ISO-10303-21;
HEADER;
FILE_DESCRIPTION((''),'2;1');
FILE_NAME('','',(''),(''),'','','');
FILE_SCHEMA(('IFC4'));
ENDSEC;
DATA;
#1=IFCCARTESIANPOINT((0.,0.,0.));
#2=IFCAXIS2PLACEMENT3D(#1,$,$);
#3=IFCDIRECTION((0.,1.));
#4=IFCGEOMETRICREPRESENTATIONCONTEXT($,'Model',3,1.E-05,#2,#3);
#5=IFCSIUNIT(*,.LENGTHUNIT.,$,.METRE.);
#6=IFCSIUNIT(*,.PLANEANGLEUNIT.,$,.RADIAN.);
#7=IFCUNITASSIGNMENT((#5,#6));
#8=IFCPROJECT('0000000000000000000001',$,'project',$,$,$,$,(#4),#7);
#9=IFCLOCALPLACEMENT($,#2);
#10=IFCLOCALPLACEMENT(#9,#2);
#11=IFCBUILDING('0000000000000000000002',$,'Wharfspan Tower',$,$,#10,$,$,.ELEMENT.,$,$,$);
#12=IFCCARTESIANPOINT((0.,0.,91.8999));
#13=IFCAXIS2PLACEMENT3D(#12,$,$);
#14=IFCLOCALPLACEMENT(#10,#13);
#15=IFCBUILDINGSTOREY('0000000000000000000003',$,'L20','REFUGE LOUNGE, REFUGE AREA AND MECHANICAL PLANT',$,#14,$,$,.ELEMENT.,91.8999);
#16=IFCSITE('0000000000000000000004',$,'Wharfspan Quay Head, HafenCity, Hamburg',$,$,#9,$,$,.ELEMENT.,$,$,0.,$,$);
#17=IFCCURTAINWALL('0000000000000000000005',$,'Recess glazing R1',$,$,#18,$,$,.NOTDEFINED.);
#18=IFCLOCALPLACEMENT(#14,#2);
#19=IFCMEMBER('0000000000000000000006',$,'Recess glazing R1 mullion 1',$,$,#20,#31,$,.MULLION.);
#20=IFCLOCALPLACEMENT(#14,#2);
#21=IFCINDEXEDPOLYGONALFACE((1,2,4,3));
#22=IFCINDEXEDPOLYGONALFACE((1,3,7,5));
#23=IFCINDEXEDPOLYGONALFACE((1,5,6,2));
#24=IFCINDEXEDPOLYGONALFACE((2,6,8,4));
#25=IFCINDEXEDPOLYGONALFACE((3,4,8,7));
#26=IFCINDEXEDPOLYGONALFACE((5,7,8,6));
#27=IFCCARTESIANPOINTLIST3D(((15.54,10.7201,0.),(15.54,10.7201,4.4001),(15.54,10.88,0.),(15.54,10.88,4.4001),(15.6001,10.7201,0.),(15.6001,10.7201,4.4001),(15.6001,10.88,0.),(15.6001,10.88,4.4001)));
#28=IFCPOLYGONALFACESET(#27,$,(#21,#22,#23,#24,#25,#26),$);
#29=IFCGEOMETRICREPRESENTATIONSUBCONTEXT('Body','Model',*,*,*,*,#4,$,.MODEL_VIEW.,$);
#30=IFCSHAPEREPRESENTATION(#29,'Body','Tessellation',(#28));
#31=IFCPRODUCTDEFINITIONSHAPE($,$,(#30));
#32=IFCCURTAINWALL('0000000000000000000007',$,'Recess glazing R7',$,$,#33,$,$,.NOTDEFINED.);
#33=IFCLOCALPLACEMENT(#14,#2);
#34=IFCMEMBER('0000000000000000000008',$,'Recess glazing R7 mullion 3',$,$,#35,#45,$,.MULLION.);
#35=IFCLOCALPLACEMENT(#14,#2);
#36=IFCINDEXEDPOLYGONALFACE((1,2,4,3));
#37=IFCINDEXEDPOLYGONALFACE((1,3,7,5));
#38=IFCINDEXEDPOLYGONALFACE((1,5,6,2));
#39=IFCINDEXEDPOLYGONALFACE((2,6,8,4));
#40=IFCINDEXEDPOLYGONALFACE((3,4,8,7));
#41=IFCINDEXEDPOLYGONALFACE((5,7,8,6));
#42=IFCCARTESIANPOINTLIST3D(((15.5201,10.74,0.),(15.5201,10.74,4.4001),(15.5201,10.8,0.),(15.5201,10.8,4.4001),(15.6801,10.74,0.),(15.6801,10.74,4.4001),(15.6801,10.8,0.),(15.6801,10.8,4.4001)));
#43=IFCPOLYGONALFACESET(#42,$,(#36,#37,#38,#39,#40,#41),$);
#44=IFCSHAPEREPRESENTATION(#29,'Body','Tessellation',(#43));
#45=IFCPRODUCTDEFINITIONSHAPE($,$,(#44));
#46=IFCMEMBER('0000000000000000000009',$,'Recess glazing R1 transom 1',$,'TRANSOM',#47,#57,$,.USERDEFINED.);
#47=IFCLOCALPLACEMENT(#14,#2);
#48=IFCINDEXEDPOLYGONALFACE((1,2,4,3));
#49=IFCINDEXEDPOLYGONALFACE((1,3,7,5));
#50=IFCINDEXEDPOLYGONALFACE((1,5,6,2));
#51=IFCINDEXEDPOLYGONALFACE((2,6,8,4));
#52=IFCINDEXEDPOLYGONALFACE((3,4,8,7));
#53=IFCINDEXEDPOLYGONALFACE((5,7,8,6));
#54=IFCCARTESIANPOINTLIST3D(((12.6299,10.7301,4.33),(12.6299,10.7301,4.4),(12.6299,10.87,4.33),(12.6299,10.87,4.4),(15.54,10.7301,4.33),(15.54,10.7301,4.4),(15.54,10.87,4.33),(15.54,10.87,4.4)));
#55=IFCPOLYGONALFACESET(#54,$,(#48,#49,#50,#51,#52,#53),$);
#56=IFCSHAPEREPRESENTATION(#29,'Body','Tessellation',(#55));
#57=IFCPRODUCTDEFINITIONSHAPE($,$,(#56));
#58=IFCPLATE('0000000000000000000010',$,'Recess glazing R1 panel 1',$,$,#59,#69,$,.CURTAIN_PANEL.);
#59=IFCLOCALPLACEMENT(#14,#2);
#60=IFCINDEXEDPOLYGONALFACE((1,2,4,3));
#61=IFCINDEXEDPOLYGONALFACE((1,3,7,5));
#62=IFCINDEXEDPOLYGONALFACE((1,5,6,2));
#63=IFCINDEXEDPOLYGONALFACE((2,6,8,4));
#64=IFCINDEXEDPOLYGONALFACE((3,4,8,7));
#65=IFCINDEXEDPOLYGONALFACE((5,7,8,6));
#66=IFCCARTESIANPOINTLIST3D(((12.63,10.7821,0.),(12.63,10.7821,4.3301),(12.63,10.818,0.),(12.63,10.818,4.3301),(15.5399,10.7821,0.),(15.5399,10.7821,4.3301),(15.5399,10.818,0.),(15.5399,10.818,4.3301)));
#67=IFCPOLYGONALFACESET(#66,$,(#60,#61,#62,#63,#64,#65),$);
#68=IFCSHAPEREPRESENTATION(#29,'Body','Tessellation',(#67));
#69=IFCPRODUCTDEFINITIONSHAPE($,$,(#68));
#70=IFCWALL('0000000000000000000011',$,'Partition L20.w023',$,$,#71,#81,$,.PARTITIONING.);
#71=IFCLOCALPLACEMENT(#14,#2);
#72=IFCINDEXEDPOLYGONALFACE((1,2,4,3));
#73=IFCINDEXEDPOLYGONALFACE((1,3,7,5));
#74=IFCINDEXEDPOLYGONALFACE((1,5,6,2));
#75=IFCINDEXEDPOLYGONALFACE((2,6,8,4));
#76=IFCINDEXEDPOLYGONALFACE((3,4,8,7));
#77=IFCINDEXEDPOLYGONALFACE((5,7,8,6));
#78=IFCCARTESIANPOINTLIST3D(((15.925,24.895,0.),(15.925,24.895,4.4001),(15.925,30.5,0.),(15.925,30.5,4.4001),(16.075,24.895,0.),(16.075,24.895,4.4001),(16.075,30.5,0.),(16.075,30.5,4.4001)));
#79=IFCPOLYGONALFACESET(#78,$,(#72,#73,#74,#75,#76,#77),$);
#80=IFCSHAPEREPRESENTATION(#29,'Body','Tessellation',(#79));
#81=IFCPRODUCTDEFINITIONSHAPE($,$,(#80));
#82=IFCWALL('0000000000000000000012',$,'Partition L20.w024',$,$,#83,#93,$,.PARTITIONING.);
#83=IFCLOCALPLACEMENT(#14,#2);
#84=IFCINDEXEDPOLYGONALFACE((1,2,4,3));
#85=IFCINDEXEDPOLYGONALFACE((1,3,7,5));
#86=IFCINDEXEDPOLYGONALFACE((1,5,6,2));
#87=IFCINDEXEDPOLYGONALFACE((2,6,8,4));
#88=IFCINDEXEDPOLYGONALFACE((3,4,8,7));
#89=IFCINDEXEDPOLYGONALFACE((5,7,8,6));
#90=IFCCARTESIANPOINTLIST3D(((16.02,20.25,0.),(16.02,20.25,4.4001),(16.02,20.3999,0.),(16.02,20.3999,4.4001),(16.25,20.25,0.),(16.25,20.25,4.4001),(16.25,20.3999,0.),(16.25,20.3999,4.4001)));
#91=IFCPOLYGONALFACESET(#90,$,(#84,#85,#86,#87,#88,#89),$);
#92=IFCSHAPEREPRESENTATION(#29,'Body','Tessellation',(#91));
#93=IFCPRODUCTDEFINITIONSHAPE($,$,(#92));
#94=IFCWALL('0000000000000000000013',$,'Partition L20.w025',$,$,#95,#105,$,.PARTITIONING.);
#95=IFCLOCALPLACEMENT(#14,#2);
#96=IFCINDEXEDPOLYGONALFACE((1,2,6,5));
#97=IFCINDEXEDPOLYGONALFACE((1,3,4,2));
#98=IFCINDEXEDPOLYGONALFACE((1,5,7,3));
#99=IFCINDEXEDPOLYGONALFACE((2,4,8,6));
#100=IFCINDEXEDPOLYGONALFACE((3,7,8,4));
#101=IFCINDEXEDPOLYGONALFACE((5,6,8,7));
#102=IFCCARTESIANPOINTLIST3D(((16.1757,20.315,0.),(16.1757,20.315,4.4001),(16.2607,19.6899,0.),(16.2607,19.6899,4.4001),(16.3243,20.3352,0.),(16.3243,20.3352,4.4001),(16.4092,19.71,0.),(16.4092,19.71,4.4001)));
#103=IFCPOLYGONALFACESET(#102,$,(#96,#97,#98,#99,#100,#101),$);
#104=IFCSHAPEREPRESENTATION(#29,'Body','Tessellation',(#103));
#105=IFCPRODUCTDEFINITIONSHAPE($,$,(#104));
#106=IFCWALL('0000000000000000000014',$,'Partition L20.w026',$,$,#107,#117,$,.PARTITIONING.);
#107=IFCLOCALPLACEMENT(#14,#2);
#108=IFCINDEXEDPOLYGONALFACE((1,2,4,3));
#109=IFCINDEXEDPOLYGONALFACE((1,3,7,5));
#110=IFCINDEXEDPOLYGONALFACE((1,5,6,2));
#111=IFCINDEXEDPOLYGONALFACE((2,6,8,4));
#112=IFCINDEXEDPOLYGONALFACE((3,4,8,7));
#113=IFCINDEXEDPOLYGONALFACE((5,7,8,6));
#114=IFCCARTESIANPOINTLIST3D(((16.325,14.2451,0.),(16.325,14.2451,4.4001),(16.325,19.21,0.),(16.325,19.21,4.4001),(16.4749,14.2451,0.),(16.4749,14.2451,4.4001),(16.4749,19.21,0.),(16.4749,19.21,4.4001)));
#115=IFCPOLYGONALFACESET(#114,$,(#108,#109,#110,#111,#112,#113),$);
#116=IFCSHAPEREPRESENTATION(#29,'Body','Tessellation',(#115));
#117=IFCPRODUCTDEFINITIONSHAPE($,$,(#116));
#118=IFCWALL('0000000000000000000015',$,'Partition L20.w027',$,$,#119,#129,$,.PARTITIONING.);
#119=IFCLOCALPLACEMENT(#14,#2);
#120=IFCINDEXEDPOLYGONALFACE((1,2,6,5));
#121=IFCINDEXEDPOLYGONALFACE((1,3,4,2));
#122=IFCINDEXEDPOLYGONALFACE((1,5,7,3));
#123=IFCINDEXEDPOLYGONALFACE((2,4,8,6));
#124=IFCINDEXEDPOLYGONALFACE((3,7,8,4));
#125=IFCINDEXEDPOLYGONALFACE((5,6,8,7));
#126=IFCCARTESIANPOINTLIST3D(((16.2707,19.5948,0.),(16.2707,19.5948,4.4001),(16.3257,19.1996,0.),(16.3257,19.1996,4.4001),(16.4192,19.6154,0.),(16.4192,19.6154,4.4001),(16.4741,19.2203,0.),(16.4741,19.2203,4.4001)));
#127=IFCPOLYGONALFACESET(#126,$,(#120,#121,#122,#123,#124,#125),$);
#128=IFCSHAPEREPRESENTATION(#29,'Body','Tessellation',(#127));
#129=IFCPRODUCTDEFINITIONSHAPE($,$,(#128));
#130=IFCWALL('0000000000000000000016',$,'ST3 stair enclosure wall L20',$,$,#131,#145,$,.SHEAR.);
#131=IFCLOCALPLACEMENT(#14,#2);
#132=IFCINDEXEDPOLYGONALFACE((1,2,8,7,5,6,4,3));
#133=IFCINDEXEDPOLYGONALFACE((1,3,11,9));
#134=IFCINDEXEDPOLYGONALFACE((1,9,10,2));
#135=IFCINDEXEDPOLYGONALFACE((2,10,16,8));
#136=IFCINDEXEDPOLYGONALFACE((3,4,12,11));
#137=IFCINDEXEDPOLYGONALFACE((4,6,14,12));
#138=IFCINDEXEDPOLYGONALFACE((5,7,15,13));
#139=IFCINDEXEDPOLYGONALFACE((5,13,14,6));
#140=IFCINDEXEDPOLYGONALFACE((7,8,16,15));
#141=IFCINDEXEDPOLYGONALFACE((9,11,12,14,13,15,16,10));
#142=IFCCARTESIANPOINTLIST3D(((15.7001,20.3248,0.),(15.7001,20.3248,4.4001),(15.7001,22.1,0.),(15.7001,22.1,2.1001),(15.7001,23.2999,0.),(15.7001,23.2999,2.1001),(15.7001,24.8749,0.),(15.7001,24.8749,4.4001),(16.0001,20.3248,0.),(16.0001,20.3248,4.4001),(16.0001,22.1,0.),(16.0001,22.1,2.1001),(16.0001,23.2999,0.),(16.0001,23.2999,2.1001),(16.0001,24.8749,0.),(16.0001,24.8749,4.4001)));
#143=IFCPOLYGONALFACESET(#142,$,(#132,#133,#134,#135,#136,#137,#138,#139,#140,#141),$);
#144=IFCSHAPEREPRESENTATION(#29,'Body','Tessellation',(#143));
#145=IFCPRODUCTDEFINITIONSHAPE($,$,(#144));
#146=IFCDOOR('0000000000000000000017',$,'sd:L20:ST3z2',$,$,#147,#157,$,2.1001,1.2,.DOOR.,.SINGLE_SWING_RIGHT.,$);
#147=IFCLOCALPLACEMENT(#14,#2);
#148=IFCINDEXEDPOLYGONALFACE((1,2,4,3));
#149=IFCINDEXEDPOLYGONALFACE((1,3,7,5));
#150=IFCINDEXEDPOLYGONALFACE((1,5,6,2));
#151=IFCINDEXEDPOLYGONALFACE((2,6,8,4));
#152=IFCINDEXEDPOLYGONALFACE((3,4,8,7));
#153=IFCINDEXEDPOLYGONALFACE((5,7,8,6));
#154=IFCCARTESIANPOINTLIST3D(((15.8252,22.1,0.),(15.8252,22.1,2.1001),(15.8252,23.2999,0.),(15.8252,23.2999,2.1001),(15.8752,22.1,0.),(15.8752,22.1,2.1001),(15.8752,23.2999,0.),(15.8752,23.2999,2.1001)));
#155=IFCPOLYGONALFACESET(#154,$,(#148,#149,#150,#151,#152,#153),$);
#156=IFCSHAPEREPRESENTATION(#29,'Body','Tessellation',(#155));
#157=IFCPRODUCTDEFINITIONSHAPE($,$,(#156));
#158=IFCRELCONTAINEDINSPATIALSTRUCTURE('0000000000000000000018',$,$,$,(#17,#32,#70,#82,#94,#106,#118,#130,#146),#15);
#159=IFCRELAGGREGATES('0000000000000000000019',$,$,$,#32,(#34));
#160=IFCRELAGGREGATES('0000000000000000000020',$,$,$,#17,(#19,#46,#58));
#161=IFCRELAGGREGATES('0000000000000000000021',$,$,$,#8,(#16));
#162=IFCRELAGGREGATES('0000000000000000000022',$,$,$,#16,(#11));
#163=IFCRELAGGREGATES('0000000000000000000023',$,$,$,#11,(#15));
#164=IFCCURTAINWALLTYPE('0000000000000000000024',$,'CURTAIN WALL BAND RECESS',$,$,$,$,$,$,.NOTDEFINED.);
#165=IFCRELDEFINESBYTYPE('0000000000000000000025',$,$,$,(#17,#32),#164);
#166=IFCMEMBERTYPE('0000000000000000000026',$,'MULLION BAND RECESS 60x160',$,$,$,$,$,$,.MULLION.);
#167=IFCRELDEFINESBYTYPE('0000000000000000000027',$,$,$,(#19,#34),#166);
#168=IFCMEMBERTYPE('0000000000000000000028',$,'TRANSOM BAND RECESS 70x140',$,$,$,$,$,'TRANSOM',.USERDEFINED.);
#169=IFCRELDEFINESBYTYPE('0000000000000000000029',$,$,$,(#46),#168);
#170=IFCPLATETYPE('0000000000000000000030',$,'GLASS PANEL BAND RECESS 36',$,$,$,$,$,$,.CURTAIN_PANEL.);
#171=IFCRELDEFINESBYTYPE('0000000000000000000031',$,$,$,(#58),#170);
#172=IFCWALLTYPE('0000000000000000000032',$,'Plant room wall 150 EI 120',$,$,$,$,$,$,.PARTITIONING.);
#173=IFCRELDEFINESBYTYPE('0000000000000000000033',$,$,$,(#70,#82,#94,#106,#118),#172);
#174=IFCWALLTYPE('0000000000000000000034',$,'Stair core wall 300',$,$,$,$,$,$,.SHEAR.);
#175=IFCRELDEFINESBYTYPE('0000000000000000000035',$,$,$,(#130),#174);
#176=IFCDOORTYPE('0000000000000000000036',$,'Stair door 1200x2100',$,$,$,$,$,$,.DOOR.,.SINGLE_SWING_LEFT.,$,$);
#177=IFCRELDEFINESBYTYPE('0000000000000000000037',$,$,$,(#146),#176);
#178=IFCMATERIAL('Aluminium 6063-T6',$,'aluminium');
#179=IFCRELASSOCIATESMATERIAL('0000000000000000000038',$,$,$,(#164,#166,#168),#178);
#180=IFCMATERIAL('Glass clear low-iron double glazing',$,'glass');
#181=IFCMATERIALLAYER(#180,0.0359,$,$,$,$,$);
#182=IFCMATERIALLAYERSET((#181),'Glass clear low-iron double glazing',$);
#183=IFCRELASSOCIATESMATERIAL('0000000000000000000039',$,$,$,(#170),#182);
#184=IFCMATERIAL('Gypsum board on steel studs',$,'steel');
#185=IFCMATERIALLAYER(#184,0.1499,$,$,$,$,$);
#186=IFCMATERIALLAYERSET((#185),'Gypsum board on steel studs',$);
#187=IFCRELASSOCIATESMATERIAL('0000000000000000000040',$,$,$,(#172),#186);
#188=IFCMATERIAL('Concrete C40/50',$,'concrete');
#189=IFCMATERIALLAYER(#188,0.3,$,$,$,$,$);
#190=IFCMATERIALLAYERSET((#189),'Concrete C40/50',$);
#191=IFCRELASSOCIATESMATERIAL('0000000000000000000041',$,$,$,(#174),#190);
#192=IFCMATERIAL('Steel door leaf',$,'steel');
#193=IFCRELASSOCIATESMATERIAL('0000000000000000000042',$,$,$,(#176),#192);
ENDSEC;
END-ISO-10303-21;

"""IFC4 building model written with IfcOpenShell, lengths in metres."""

from ifc_helpers import new_model, si_unit, direction, frame, frame_2d, origin, origin_2d, place, context, subcontext, project, spatial, rectangle, extrude, material, layer, layer_set, material_profile, profile_set, type_object, element, fill, aggregate, save


model = new_model("IFC4")

# Units and contexts
model_context = context("Model", 3, precision=1e-05, world=origin(), true_north=direction((0.0, 1.0)))
body_context = subcontext(model_context, "Body", "Model", "MODEL_VIEW")
ifc_project = project(units=[si_unit("LENGTHUNIT", "METRE"), si_unit("PLANEANGLEUNIT", "RADIAN")], contexts=[model_context])

# Site, building, storey
site_placement = place(None, origin())
site = spatial("IfcSite", under=ifc_project, at=site_placement, Name="Wharfspan Quay Head, HafenCity, Hamburg", CompositionType="ELEMENT", RefElevation=0.0)
building_placement = place(site_placement, origin())
building = spatial("IfcBuilding", under=site, at=building_placement, Name="Wharfspan Tower", CompositionType="ELEMENT")
storey_placement = place(building_placement, frame((0.0, 0.0, 91.8999)))
storey = spatial("IfcBuildingStorey", under=building, at=storey_placement, Name="L20", Description="REFUGE LOUNGE, REFUGE AREA AND MECHANICAL PLANT", CompositionType="ELEMENT", Elevation=91.8999)

# Curtain walls, members
ifc_material_1 = material(Name="Aluminium 6063-T6", Category="aluminium")
curtain_wall_type = type_object("IfcCurtainWallType", Name="CURTAIN WALL BAND RECESS", PredefinedType="NOTDEFINED", material=ifc_material_1)
curtain_wall_1_placement = place(storey_placement, origin())
curtain_wall_1 = element("IfcCurtainWall", 1, at=curtain_wall_1_placement, inside=storey, type_object=curtain_wall_type, Name="Recess glazing R1", PredefinedType="NOTDEFINED")
ifc_material_profile_1 = material_profile(ifc_material_1, rectangle(XDim=0.1599, YDim=0.0601, at=origin_2d()))
ifc_profile_set_1 = profile_set([ifc_material_profile_1], Name="Aluminium 6063-T6")
member_type_1 = type_object("IfcMemberType", Name="MULLION BAND RECESS 60x160", PredefinedType="MULLION", material=ifc_profile_set_1)
member_1_placement = place(storey_placement, frame((15.5701, 10.8, 0.0), z_axis=(0.0, 0.0, 1.0), x_axis=(0.0, -1.0, 0.0)))
member_1 = element("IfcMember", 2, at=member_1_placement, type_object=member_type_1, Name="Recess glazing R1 mullion 1", PredefinedType="MULLION", context=body_context, shape_type="SweptSolid", body=[
    extrude(rectangle(XDim=0.1599, YDim=0.0601, at=origin_2d()), origin(), (0.0, 0.0, 1.0), 4.4001),
])
curtain_wall_2_placement = place(storey_placement, origin())
curtain_wall_2 = element("IfcCurtainWall", 3, at=curtain_wall_2_placement, inside=storey, type_object=curtain_wall_type, Name="Recess glazing R7", PredefinedType="NOTDEFINED")
member_2_placement = place(storey_placement, frame((15.6001, 10.77, 0.0), z_axis=(0.0, 0.0, 1.0), x_axis=(-1.0, 0.0, 0.0)))
member_2 = element("IfcMember", 4, at=member_2_placement, type_object=member_type_1, Name="Recess glazing R7 mullion 3", PredefinedType="MULLION", context=body_context, shape_type="SweptSolid", body=[
    extrude(rectangle(XDim=0.1599, YDim=0.0601, at=origin_2d()), origin(), (0.0, 0.0, 1.0), 4.4001),
])
aggregate(curtain_wall_2, [member_2])

# Member
ifc_material_profile_2 = material_profile(ifc_material_1, rectangle(XDim=0.1399, YDim=0.0701, at=origin_2d()))
ifc_profile_set_2 = profile_set([ifc_material_profile_2], Name="Aluminium 6063-T6")
member_type_2 = type_object("IfcMemberType", Name="TRANSOM BAND RECESS 70x140", ElementType="TRANSOM", PredefinedType="USERDEFINED", material=ifc_profile_set_2)
member_3_placement = place(storey_placement, frame((15.54, 10.8, 4.365), z_axis=(-1.0, 0.0, 0.0), x_axis=(0.0, -1.0, 0.0)))
member_3 = element("IfcMember", 5, at=member_3_placement, type_object=member_type_2, Name="Recess glazing R1 transom 1", ObjectType="TRANSOM", PredefinedType="USERDEFINED", context=body_context, shape_type="SweptSolid", body=[
    extrude(rectangle(XDim=0.1399, YDim=0.0701, at=origin_2d()), origin(), (0.0, 0.0, 1.0), 2.9102),
])

# Plate
ifc_material_2 = material(Name="Glass clear low-iron double glazing", Category="glass")
ifc_layer_1 = layer(ifc_material_2, 0.0359)
ifc_layer_set_1 = layer_set([ifc_layer_1], Name="Glass clear low-iron double glazing")
plate_type = type_object("IfcPlateType", Name="GLASS PANEL BAND RECESS 36", PredefinedType="CURTAIN_PANEL", material=ifc_layer_set_1)
plate_placement = place(storey_placement, frame((14.085, 10.8, 0.0), z_axis=(0.0, 0.0, 1.0), x_axis=(-1.0, 0.0, 0.0)))
plate = element("IfcPlate", 6, at=plate_placement, type_object=plate_type, Name="Recess glazing R1 panel 1", PredefinedType="CURTAIN_PANEL", context=body_context, shape_type="SweptSolid", body=[
    extrude(rectangle(XDim=2.9099, YDim=0.0359, at=origin_2d()), origin(), (0.0, 0.0, 1.0), 4.3301),
])
aggregate(curtain_wall_1, [member_1, member_3, plate])

# Walls
ifc_material_3 = material(Name="Gypsum board on steel studs", Category="steel")
ifc_layer_2 = layer(ifc_material_3, 0.1499)
ifc_layer_set_2 = layer_set([ifc_layer_2], Name="Gypsum board on steel studs")
wall_type_1 = type_object("IfcWallType", Name="Plant room wall 150 EI 120", PredefinedType="PARTITIONING", material=ifc_layer_set_2)
wall_1_placement = place(storey_placement, frame((16.0, 24.895, 0.0), z_axis=(0.0, 0.0, 1.0), x_axis=(0.0, 1.0, 0.0)))
element("IfcWall", 7, at=wall_1_placement, inside=storey, type_object=wall_type_1, Name="Partition L20.w023", PredefinedType="PARTITIONING", context=body_context, shape_type="SweptSolid", body=[
    extrude(rectangle(XDim=5.605, YDim=0.1499, at=frame_2d((2.8025, 0.0))), origin(), (0.0, 0.0, 1.0), 4.4001),
])
wall_2_placement = place(storey_placement, frame((16.02, 20.325, 0.0), z_axis=(0.0, 0.0, 1.0), x_axis=(1.0, 0.0, 0.0)))
element("IfcWall", 8, at=wall_2_placement, inside=storey, type_object=wall_type_1, Name="Partition L20.w024", PredefinedType="PARTITIONING", context=body_context, shape_type="SweptSolid", body=[
    extrude(rectangle(XDim=0.23, YDim=0.1499, at=frame_2d((0.115, 0.0))), origin(), (0.0, 0.0, 1.0), 4.4001),
])
wall_3_placement = place(storey_placement, frame((16.335, 19.7, 0.0), z_axis=(0.0, 0.0, 1.0), x_axis=(-0.134699, 0.990889, 0.0)))
element("IfcWall", 9, at=wall_3_placement, inside=storey, type_object=wall_type_1, Name="Partition L20.w025", PredefinedType="PARTITIONING", context=body_context, shape_type="SweptSolid", body=[
    extrude(rectangle(XDim=0.6309, YDim=0.1499, at=frame_2d((0.3154, 0.0))), origin(), (0.0, 0.0, 1.0), 4.4001),
])
wall_4_placement = place(storey_placement, frame((16.3999, 14.2451, 0.0), z_axis=(0.0, 0.0, 1.0), x_axis=(0.0, 1.0, 0.0)))
element("IfcWall", 10, at=wall_4_placement, inside=storey, type_object=wall_type_1, Name="Partition L20.w026", PredefinedType="PARTITIONING", context=body_context, shape_type="SweptSolid", body=[
    extrude(rectangle(XDim=4.9648, YDim=0.1499, at=frame_2d((2.4824, 0.0))), origin(), (0.0, 0.0, 1.0), 4.4001),
])
wall_5_placement = place(storey_placement, frame((16.3999, 19.21, 0.0), z_axis=(0.0, 0.0, 1.0), x_axis=(-0.137735, 0.990468, 0.0)))
element("IfcWall", 11, at=wall_5_placement, inside=storey, type_object=wall_type_1, Name="Partition L20.w027", PredefinedType="PARTITIONING", context=body_context, shape_type="SweptSolid", body=[
    extrude(rectangle(XDim=0.3989, YDim=0.1499, at=frame_2d((0.1995, 0.0))), origin(), (0.0, 0.0, 1.0), 4.4001),
])

# Wall, opening, door
ifc_material_4 = material(Name="Concrete C40/50", Category="concrete")
ifc_layer_3 = layer(ifc_material_4, 0.3)
ifc_layer_set_3 = layer_set([ifc_layer_3], Name="Concrete C40/50")
wall_type_2 = type_object("IfcWallType", Name="Stair core wall 300", PredefinedType="SHEAR", material=ifc_layer_set_3)
wall_6_placement = place(storey_placement, frame((15.8501, 20.325, 0.0), z_axis=(0.0, 0.0, 1.0), x_axis=(0.0, 1.0, 0.0)))
wall_6 = element("IfcWall", 12, at=wall_6_placement, inside=storey, type_object=wall_type_2, Name="ST3 stair enclosure wall L20", PredefinedType="SHEAR", context=body_context, shape_type="SweptSolid", body=[
    extrude(rectangle(XDim=4.55, YDim=0.3, at=frame_2d((2.2749, 0.0))), origin(), (0.0, 0.0, 1.0), 4.4001),
])
opening_placement = place(wall_6_placement, frame((1.7749, 0.0, 0.0)))
opening = element("IfcOpeningElement", 13, at=opening_placement, cuts=wall_6, PredefinedType="OPENING", context=body_context, shape_type="SweptSolid", body=[
    extrude(rectangle(XDim=1.2, YDim=2.1001, at=frame_2d((0.6001, 1.05))), frame((0.0, 0.1599, 0.0), z_axis=(0.0, -1.0, 0.0), x_axis=(1.0, 0.0, 0.0)), (0.0, 0.0, 1.0), 0.3201),
])
ifc_material_5 = material(Name="Steel door leaf", Category="steel")
door_type = type_object("IfcDoorType", Name="Stair door 1200x2100", OperationType="SINGLE_SWING_LEFT", PredefinedType="DOOR", material=ifc_material_5)
door_placement = place(opening_placement, origin())
door = element("IfcDoor", 14, at=door_placement, inside=storey, type_object=door_type, Name="sd:L20:ST3z2", OperationType="SINGLE_SWING_RIGHT", OverallHeight=2.1001, OverallWidth=1.2, PredefinedType="DOOR", context=body_context, shape_type="SweptSolid", body=[
    extrude(rectangle(XDim=1.2, YDim=2.1001, at=frame_2d((0.6001, 1.05))), frame((0.0, 0.0249, 0.0), z_axis=(0.0, -1.0, 0.0), x_axis=(1.0, 0.0, 0.0)), (0.0, 0.0, 1.0), 0.05),
])
fill(opening, door)

save(model, "model.ifc")
